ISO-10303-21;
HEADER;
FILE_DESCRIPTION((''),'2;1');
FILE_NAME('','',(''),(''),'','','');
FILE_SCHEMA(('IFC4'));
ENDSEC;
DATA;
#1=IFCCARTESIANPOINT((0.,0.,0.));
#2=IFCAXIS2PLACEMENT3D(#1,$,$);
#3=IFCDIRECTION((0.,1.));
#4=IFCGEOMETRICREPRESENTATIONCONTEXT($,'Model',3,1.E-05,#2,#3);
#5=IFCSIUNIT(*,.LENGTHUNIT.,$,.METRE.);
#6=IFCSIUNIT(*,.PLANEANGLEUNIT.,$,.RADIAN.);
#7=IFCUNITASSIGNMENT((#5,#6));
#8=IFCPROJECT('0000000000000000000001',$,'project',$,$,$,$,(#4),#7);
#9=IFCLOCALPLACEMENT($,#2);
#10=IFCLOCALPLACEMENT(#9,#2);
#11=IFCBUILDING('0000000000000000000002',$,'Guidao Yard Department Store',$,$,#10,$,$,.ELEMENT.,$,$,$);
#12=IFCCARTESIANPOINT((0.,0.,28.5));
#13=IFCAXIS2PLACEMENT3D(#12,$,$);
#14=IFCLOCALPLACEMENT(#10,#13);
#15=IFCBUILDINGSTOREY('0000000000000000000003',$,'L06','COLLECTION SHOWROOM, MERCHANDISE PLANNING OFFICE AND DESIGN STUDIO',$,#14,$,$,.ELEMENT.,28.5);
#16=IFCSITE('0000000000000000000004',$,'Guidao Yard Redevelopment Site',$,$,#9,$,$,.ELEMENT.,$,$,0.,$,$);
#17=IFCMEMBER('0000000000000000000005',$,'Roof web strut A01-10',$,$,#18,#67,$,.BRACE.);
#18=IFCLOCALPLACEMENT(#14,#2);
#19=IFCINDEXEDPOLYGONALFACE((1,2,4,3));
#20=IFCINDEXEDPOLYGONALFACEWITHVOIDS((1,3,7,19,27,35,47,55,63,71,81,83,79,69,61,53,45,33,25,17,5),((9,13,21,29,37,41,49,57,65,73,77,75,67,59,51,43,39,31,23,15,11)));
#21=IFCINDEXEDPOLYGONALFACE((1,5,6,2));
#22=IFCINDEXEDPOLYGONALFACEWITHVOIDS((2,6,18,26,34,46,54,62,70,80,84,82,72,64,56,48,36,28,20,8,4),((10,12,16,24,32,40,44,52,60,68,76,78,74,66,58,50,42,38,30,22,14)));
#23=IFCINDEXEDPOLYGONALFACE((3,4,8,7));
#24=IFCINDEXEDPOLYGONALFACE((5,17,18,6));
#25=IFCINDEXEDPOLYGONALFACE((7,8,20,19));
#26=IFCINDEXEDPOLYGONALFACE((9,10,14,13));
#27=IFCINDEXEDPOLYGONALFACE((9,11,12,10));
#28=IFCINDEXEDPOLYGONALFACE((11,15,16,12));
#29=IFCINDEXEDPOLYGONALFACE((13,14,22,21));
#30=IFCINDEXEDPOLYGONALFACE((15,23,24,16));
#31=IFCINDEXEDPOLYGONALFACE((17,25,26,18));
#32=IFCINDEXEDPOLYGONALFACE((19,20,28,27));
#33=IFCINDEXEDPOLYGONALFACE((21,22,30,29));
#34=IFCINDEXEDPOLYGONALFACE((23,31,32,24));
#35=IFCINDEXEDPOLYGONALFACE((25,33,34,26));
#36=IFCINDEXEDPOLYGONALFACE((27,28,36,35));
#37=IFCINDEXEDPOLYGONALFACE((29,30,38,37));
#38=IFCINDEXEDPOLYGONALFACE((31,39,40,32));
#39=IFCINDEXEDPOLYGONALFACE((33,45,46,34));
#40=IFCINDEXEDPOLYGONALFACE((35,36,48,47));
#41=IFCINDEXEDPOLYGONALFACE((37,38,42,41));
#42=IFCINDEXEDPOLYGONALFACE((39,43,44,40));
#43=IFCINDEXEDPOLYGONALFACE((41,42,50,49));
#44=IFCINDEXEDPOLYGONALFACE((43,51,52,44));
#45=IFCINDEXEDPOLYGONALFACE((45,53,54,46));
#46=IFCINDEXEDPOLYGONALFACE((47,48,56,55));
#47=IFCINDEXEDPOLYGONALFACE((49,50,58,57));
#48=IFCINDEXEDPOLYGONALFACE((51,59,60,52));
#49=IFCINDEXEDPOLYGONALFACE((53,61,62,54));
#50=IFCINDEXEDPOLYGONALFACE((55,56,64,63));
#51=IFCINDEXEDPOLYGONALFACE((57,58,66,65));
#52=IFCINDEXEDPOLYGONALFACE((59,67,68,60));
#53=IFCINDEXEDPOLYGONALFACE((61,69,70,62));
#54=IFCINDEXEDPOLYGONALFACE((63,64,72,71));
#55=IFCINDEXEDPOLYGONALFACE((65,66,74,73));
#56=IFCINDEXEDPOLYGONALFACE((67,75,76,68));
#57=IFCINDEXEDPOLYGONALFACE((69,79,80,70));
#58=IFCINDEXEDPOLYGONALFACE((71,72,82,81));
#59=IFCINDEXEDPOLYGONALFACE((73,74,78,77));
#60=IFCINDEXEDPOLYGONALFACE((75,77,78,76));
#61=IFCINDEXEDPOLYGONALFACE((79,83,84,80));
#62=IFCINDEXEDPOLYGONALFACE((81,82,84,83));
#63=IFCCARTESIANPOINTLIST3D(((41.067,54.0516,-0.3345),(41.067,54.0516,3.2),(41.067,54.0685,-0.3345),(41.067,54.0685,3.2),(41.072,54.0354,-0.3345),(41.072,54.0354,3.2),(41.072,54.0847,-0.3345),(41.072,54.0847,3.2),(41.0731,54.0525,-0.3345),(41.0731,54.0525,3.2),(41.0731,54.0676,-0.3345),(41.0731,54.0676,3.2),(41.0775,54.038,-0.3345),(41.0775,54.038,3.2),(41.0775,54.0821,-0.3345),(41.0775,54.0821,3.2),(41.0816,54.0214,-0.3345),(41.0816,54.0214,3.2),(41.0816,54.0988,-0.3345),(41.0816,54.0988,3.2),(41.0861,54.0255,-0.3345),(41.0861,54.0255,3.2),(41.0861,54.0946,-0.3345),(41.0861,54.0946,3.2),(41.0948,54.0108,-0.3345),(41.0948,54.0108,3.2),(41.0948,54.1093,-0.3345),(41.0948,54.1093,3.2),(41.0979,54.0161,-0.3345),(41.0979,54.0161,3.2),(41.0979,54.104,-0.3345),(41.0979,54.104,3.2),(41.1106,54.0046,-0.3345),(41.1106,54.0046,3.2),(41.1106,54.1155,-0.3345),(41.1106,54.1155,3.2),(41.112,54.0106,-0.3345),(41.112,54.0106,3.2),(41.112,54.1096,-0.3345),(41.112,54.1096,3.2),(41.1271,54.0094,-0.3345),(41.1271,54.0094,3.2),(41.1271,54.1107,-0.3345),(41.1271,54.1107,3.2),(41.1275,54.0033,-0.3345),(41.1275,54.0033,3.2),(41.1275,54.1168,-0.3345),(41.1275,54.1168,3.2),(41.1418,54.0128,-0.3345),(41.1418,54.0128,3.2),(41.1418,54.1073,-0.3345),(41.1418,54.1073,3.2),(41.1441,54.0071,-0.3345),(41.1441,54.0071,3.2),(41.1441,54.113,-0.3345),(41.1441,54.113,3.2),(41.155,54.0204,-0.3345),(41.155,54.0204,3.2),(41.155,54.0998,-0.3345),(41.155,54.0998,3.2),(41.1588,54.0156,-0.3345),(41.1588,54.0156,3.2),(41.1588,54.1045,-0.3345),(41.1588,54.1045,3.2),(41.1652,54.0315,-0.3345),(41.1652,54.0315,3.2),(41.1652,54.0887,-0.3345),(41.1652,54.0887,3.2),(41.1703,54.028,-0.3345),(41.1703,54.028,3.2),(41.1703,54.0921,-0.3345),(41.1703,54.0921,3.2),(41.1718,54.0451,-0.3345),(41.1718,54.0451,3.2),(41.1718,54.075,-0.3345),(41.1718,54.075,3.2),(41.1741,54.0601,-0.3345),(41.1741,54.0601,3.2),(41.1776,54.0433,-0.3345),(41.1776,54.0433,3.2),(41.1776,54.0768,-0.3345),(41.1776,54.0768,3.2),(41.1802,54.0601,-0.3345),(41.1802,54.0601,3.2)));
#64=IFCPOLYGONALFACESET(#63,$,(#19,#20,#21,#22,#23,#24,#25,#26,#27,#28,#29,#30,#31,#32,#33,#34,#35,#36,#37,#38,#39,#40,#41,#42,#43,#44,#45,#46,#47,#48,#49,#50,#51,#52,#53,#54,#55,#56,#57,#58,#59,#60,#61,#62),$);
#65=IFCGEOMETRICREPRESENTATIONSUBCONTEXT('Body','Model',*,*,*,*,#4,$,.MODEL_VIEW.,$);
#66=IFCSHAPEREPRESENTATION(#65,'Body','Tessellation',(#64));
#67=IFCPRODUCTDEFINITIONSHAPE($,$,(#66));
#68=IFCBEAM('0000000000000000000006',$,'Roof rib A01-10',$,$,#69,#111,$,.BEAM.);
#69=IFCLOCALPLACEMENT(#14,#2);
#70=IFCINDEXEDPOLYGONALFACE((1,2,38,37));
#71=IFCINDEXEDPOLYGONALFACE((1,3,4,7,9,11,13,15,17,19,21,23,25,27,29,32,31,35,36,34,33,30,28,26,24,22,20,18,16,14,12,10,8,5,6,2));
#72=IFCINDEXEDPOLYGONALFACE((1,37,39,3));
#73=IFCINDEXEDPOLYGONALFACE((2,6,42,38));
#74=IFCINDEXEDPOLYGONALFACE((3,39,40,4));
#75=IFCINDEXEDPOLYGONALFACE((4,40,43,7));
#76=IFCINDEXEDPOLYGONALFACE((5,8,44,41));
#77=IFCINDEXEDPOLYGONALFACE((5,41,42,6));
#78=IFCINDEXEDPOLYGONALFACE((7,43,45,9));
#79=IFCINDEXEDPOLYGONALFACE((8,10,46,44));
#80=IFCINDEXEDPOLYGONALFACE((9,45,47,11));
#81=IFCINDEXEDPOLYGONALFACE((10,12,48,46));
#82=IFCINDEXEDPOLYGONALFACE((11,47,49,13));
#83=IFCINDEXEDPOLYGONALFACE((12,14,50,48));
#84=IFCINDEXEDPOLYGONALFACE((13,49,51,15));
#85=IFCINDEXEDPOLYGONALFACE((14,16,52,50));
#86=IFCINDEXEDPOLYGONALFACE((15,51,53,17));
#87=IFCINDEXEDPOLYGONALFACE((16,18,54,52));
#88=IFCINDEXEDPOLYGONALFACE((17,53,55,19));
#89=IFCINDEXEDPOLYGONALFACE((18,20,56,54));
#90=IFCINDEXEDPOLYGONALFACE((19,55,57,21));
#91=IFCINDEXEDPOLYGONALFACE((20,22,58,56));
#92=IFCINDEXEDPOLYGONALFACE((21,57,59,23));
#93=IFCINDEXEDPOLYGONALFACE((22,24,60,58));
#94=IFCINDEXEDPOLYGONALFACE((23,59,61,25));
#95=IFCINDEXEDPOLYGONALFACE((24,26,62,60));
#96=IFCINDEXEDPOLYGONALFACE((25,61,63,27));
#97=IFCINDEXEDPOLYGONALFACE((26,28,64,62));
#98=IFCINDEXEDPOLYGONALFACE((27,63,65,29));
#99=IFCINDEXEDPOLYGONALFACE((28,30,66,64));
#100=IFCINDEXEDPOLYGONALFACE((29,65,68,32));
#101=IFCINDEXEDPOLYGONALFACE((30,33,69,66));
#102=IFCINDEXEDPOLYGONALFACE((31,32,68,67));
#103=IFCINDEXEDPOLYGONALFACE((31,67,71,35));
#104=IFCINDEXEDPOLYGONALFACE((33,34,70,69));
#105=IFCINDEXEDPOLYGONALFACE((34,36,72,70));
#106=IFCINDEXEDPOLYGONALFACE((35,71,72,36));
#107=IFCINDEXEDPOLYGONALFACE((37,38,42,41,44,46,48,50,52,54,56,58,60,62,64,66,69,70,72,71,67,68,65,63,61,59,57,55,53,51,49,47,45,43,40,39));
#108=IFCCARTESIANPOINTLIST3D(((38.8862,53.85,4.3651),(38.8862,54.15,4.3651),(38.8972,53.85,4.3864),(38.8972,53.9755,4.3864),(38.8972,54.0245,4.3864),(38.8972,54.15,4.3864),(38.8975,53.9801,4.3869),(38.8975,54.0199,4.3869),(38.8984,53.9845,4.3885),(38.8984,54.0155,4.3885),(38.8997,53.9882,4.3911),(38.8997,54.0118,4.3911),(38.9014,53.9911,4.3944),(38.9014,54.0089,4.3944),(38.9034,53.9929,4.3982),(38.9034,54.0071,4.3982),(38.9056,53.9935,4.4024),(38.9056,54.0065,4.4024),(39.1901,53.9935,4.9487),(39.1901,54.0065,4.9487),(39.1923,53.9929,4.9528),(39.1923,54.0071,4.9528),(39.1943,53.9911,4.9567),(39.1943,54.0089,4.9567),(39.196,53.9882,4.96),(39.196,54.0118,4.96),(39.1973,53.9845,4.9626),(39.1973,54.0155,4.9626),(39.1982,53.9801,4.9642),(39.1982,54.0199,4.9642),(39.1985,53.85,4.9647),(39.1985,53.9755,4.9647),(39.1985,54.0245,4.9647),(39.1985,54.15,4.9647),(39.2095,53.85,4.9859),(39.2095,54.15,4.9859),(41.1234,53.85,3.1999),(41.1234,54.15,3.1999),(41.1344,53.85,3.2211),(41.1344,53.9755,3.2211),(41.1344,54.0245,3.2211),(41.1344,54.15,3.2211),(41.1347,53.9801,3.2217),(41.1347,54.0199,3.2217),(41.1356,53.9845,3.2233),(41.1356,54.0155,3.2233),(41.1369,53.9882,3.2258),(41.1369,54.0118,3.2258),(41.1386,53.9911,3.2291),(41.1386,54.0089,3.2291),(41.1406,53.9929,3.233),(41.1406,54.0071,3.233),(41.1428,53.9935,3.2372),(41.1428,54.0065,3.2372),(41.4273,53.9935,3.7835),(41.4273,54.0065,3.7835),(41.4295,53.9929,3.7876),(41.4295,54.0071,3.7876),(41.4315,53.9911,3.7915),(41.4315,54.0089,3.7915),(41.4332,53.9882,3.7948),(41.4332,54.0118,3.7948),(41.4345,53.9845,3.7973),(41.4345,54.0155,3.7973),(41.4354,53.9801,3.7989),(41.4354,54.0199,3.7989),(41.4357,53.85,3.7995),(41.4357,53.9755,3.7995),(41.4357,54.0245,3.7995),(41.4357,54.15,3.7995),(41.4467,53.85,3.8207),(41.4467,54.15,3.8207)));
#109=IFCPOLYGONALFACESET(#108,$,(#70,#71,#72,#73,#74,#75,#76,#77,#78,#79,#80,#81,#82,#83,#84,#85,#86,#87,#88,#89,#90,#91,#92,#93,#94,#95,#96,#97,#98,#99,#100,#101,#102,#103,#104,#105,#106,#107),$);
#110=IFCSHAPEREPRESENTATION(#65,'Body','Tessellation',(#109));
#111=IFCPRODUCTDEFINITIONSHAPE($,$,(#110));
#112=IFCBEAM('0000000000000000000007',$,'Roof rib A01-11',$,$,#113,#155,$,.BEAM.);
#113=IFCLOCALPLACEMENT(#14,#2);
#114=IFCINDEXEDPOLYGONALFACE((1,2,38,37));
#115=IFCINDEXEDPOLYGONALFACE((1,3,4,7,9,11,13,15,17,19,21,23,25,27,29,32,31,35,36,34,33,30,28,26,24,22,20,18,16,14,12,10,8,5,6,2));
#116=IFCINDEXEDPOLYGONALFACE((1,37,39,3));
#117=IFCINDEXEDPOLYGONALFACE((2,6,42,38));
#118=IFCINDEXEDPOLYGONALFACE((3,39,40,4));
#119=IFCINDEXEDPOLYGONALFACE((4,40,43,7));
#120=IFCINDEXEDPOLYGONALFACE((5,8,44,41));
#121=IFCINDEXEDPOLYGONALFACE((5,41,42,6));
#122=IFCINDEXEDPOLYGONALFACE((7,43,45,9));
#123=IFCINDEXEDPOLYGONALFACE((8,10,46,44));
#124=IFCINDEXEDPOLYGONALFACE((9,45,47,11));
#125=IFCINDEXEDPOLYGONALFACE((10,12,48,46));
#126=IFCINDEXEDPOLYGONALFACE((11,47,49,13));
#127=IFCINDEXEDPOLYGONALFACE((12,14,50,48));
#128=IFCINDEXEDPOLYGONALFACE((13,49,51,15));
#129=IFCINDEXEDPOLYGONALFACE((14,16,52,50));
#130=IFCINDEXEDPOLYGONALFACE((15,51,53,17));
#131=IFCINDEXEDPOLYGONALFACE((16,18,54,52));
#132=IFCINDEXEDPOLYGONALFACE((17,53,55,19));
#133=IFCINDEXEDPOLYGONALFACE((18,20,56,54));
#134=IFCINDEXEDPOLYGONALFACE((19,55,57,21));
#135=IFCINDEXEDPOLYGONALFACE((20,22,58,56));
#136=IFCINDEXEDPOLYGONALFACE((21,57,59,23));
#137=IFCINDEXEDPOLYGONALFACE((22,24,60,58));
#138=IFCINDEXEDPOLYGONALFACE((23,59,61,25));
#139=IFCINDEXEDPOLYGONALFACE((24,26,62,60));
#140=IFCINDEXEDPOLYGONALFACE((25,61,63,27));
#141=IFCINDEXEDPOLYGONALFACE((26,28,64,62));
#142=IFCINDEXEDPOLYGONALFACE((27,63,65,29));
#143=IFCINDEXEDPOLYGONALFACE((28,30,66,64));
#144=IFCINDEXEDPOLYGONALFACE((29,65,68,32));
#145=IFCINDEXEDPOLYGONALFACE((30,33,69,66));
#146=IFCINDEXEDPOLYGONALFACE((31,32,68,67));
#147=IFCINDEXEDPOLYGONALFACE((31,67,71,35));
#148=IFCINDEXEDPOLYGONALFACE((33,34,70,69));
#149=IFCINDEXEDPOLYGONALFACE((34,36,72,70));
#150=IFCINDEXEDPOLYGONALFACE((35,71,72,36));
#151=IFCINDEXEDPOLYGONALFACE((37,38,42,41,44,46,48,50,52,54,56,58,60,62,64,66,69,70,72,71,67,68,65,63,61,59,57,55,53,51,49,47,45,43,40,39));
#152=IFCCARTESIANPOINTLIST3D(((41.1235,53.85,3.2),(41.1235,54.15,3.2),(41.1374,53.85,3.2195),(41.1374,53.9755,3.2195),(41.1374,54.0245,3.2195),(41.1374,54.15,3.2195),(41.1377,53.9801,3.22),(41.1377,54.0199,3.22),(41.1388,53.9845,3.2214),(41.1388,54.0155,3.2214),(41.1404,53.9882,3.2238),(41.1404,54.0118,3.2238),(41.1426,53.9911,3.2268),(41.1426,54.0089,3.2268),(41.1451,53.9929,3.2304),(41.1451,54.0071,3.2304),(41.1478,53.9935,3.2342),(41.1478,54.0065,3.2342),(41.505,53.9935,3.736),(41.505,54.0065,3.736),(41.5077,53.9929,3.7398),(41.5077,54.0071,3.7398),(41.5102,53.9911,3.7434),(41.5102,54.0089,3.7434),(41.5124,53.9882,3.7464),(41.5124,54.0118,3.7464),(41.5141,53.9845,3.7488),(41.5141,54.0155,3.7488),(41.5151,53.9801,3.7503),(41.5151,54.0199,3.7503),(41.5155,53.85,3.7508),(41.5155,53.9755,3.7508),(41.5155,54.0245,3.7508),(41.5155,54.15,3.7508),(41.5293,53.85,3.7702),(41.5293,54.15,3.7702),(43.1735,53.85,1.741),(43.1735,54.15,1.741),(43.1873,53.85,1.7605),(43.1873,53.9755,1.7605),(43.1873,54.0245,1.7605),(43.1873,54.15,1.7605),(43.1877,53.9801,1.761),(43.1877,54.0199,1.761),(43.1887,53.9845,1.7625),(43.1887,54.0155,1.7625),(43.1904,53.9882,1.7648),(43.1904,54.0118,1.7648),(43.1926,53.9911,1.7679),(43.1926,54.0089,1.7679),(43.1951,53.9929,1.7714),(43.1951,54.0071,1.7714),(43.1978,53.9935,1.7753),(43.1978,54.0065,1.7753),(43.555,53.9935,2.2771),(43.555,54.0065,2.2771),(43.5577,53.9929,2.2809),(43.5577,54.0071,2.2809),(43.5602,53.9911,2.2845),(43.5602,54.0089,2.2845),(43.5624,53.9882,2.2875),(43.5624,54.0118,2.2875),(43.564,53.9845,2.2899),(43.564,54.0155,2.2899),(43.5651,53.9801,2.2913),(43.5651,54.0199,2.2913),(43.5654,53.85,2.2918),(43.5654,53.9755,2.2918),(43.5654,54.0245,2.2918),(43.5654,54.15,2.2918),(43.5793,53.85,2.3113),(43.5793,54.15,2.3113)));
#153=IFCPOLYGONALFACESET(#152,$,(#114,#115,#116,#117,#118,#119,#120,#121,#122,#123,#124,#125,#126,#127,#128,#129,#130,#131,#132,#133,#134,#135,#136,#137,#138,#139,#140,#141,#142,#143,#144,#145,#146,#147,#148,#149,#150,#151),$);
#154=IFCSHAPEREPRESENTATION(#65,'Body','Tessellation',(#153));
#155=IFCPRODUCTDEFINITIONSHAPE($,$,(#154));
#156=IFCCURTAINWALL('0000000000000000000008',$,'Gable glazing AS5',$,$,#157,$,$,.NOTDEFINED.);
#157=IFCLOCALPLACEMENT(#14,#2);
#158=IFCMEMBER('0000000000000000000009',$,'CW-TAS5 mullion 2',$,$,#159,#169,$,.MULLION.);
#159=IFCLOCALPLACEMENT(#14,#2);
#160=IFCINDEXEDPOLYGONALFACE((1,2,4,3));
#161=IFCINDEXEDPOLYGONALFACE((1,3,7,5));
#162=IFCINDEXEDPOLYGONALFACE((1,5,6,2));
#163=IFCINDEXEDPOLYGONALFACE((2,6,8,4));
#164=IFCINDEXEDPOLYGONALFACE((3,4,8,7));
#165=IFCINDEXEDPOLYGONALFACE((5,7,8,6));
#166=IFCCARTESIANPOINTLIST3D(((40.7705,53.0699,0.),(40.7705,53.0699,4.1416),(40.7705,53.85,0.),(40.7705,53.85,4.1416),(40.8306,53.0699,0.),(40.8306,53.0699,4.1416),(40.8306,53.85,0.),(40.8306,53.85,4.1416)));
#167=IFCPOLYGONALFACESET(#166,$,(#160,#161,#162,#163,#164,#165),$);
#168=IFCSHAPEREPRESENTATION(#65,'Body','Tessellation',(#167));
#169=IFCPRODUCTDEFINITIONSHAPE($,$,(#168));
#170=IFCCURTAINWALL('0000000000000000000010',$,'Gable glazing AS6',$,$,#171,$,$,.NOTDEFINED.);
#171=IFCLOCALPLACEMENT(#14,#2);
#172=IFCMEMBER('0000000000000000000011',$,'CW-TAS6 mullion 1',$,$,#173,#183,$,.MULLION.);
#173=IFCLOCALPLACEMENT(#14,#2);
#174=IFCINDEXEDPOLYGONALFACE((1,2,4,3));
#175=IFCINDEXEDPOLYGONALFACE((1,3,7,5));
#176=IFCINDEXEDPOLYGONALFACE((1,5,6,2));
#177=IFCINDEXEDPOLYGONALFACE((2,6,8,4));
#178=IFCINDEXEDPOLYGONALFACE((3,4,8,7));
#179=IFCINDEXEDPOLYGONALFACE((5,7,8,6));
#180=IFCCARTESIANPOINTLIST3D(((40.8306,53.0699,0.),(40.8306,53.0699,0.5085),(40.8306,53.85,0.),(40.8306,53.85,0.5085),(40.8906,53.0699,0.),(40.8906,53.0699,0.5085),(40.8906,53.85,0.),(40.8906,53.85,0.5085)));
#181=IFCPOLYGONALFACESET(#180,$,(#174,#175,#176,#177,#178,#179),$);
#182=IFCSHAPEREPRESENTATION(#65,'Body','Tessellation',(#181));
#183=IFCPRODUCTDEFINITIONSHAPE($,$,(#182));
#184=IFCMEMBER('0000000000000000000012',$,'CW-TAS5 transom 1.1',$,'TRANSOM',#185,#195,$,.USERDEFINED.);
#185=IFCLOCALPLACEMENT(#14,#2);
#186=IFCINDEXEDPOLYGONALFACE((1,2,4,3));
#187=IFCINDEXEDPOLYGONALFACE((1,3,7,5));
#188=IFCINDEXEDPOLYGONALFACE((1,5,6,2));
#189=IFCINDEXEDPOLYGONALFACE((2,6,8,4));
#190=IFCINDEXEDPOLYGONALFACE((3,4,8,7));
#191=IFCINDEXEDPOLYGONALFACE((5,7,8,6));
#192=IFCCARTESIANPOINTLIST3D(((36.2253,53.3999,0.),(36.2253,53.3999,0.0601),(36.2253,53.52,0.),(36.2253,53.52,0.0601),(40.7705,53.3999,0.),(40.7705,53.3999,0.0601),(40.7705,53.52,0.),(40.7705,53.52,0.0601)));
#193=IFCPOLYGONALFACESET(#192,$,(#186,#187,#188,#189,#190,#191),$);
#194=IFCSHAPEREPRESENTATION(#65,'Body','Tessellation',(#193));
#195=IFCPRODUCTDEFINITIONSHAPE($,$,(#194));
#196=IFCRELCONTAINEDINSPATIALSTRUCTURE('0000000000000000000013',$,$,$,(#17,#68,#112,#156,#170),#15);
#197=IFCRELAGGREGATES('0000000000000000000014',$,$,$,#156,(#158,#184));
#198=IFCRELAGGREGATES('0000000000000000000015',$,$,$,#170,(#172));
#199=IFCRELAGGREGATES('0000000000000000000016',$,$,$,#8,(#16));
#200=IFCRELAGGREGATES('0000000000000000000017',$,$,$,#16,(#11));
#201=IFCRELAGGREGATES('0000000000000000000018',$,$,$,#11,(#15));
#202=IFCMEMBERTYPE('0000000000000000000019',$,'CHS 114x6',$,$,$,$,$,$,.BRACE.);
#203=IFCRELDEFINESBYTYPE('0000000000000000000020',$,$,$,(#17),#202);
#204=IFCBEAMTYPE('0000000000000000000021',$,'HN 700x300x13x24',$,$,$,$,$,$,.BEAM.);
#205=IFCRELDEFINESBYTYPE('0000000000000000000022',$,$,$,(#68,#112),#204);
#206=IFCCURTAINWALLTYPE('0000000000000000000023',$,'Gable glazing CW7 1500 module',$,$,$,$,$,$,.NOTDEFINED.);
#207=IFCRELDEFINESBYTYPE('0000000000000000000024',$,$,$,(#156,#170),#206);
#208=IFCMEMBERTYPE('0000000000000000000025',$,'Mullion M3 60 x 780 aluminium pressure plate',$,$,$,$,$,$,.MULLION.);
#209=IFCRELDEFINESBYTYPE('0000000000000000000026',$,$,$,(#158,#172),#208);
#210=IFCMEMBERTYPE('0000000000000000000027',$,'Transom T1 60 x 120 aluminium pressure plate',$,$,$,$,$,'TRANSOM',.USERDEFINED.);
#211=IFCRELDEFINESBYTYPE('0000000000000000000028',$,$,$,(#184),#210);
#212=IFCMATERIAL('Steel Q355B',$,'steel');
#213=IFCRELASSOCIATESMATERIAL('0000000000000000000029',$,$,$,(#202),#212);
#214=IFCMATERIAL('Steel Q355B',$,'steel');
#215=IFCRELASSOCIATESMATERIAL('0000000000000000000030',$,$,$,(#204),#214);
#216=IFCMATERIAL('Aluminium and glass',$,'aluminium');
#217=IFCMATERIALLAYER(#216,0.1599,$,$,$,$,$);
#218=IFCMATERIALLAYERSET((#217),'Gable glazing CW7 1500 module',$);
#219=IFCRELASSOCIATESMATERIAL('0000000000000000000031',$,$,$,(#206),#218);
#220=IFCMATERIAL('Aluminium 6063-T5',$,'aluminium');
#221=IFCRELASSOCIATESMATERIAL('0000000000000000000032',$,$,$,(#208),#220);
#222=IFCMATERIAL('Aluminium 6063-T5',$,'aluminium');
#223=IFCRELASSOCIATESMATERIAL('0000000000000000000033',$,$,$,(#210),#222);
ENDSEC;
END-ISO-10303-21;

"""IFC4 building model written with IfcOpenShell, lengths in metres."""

from ifc_helpers import new_model, si_unit, direction, frame, origin, origin_2d, place, context, subcontext, project, spatial, rectangle, hollow_circle, i_section, extrude, material, layer, layer_set, material_profile, profile_set, type_object, element, aggregate, save


model = new_model("IFC4")

# Units and contexts
model_context = context("Model", 3, precision=1e-05, world=origin(), true_north=direction((0.0, 1.0)))
body_context = subcontext(model_context, "Body", "Model", "MODEL_VIEW")
ifc_project = project(units=[si_unit("LENGTHUNIT", "METRE"), si_unit("PLANEANGLEUNIT", "RADIAN")], contexts=[model_context])

# Site, building, storey
site_placement = place(None, origin())
site = spatial("IfcSite", under=ifc_project, at=site_placement, Name="Guidao Yard Redevelopment Site", CompositionType="ELEMENT", RefElevation=0.0)
building_placement = place(site_placement, origin())
building = spatial("IfcBuilding", under=site, at=building_placement, Name="Guidao Yard Department Store", CompositionType="ELEMENT")
storey_placement = place(building_placement, frame((0.0, 0.0, 28.5)))
storey = spatial("IfcBuildingStorey", under=building, at=storey_placement, Name="L06", Description="COLLECTION SHOWROOM, MERCHANDISE PLANNING OFFICE AND DESIGN STUDIO", CompositionType="ELEMENT", Elevation=28.5)

# Member
ifc_material_1 = material(Name="Steel Q355B", Category="steel")
ifc_material_profile_1 = material_profile(ifc_material_1, hollow_circle(Radius=0.0569, WallThickness=0.0061, at=origin_2d()), Name="CHS 114x6")
ifc_profile_set_1 = profile_set([ifc_material_profile_1], Name="Steel Q355B")
member_type_1 = type_object("IfcMemberType", Name="CHS 114x6", PredefinedType="BRACE", material=ifc_profile_set_1)
member_1_placement = place(storey_placement, frame((41.1233, 54.0601, -0.3345), z_axis=(0.0, 0.0, 1.0), x_axis=(1.0, 0.0, 0.0)))
element("IfcMember", 1, at=member_1_placement, inside=storey, type_object=member_type_1, Name="Roof web strut A01-10", PredefinedType="BRACE", context=body_context, shape_type="SweptSolid", body=[
    extrude(hollow_circle(Radius=0.0569, WallThickness=0.0061, at=origin_2d()), origin(), (0.0, 0.0, 1.0), 3.5344),
])

# Beams
ifc_material_2 = material(Name="Steel Q355B", Category="steel")
ifc_material_profile_2 = material_profile(ifc_material_2, i_section(OverallWidth=0.3, OverallDepth=0.7, WebThickness=0.0129, FlangeThickness=0.0239, FilletRadius=0.0181, at=origin_2d()), Name="HN 700x300x13x24")
ifc_profile_set_2 = profile_set([ifc_material_profile_2], Name="Steel Q355B")
beam_type = type_object("IfcBeamType", Name="HN 700x300x13x24", PredefinedType="BEAM", material=ifc_profile_set_2)
beam_1_placement = place(storey_placement, frame((39.0479, 54.0, 4.6755), z_axis=(0.886911, 0.0, -0.461941), x_axis=(0.0, 1.0, 0.0)))
element("IfcBeam", 2, at=beam_1_placement, inside=storey, type_object=beam_type, Name="Roof rib A01-10", PredefinedType="BEAM", context=body_context, shape_type="SweptSolid", body=[
    extrude(i_section(OverallWidth=0.3, OverallDepth=0.7, WebThickness=0.0129, FlangeThickness=0.0239, FilletRadius=0.0181, at=origin_2d()), origin(), (0.0, 0.0, 1.0), 2.5225),
])
beam_2_placement = place(storey_placement, frame((41.3264, 54.0, 3.4851), z_axis=(0.814735, 0.0, -0.579833), x_axis=(0.0, 1.0, 0.0)))
element("IfcBeam", 3, at=beam_2_placement, inside=storey, type_object=beam_type, Name="Roof rib A01-11", PredefinedType="BEAM", context=body_context, shape_type="SweptSolid", body=[
    extrude(i_section(OverallWidth=0.3, OverallDepth=0.7, WebThickness=0.0129, FlangeThickness=0.0239, FilletRadius=0.0181, at=origin_2d()), origin(), (0.0, 0.0, 1.0), 2.5161),
])

# Curtain walls, members
ifc_material_3 = material(Name="Aluminium and glass", Category="aluminium")
ifc_layer_1 = layer(ifc_material_3, 0.1599)
ifc_layer_set_1 = layer_set([ifc_layer_1], Name="Gable glazing CW7 1500 module")
curtain_wall_type = type_object("IfcCurtainWallType", Name="Gable glazing CW7 1500 module", PredefinedType="NOTDEFINED", material=ifc_layer_set_1)
curtain_wall_1_placement = place(storey_placement, origin())
curtain_wall_1 = element("IfcCurtainWall", 4, at=curtain_wall_1_placement, inside=storey, type_object=curtain_wall_type, Name="Gable glazing AS5", PredefinedType="NOTDEFINED")
ifc_material_4 = material(Name="Aluminium 6063-T5", Category="aluminium")
ifc_material_profile_3 = material_profile(ifc_material_4, rectangle(XDim=0.0601, YDim=0.78, at=origin_2d()), Name="Mullion M3 60 x 780 aluminium pressure plate")
ifc_profile_set_3 = profile_set([ifc_material_profile_3], Name="Aluminium 6063-T5")
member_type_2 = type_object("IfcMemberType", Name="Mullion M3 60 x 780 aluminium pressure plate", PredefinedType="MULLION", material=ifc_profile_set_3)
member_2_placement = place(storey_placement, frame((40.8005, 53.46, 0.0), z_axis=(0.0, 0.0, 1.0), x_axis=(-1.0, 0.0, 0.0)))
member_2 = element("IfcMember", 5, at=member_2_placement, type_object=member_type_2, Name="CW-TAS5 mullion 2", PredefinedType="MULLION", context=body_context, shape_type="SweptSolid", body=[
    extrude(rectangle(XDim=0.0601, YDim=0.78, at=origin_2d()), origin(), (0.0, 0.0, 1.0), 4.1416),
])
curtain_wall_2_placement = place(storey_placement, origin())
curtain_wall_2 = element("IfcCurtainWall", 6, at=curtain_wall_2_placement, inside=storey, type_object=curtain_wall_type, Name="Gable glazing AS6", PredefinedType="NOTDEFINED")
member_3_placement = place(storey_placement, frame((40.8606, 53.46, 0.0), z_axis=(0.0, 0.0, 1.0), x_axis=(-1.0, 0.0, 0.0)))
member_3 = element("IfcMember", 7, at=member_3_placement, type_object=member_type_2, Name="CW-TAS6 mullion 1", PredefinedType="MULLION", context=body_context, shape_type="SweptSolid", body=[
    extrude(rectangle(XDim=0.0601, YDim=0.78, at=origin_2d()), origin(), (0.0, 0.0, 1.0), 0.5085),
])

# Member
ifc_material_5 = material(Name="Aluminium 6063-T5", Category="aluminium")
ifc_material_profile_4 = material_profile(ifc_material_5, rectangle(XDim=0.1201, YDim=0.0601, at=origin_2d()), Name="Transom T1 60 x 120 aluminium pressure plate")
ifc_profile_set_4 = profile_set([ifc_material_profile_4], Name="Aluminium 6063-T5")
member_type_3 = type_object("IfcMemberType", Name="Transom T1 60 x 120 aluminium pressure plate", ElementType="TRANSOM", PredefinedType="USERDEFINED", material=ifc_profile_set_4)
member_4_placement = place(storey_placement, frame((40.7705, 53.46, 0.03), z_axis=(-1.0, 0.0, 0.0), x_axis=(0.0, -1.0, 0.0)))
member_4 = element("IfcMember", 8, at=member_4_placement, type_object=member_type_3, Name="CW-TAS5 transom 1.1", ObjectType="TRANSOM", PredefinedType="USERDEFINED", context=body_context, shape_type="SweptSolid", body=[
    extrude(rectangle(XDim=0.1201, YDim=0.0601, at=origin_2d()), origin(), (0.0, 0.0, 1.0), 4.5452),
])
aggregate(curtain_wall_1, [member_2, member_4])

aggregate(curtain_wall_2, [member_3])

save(model, "model.ifc")
